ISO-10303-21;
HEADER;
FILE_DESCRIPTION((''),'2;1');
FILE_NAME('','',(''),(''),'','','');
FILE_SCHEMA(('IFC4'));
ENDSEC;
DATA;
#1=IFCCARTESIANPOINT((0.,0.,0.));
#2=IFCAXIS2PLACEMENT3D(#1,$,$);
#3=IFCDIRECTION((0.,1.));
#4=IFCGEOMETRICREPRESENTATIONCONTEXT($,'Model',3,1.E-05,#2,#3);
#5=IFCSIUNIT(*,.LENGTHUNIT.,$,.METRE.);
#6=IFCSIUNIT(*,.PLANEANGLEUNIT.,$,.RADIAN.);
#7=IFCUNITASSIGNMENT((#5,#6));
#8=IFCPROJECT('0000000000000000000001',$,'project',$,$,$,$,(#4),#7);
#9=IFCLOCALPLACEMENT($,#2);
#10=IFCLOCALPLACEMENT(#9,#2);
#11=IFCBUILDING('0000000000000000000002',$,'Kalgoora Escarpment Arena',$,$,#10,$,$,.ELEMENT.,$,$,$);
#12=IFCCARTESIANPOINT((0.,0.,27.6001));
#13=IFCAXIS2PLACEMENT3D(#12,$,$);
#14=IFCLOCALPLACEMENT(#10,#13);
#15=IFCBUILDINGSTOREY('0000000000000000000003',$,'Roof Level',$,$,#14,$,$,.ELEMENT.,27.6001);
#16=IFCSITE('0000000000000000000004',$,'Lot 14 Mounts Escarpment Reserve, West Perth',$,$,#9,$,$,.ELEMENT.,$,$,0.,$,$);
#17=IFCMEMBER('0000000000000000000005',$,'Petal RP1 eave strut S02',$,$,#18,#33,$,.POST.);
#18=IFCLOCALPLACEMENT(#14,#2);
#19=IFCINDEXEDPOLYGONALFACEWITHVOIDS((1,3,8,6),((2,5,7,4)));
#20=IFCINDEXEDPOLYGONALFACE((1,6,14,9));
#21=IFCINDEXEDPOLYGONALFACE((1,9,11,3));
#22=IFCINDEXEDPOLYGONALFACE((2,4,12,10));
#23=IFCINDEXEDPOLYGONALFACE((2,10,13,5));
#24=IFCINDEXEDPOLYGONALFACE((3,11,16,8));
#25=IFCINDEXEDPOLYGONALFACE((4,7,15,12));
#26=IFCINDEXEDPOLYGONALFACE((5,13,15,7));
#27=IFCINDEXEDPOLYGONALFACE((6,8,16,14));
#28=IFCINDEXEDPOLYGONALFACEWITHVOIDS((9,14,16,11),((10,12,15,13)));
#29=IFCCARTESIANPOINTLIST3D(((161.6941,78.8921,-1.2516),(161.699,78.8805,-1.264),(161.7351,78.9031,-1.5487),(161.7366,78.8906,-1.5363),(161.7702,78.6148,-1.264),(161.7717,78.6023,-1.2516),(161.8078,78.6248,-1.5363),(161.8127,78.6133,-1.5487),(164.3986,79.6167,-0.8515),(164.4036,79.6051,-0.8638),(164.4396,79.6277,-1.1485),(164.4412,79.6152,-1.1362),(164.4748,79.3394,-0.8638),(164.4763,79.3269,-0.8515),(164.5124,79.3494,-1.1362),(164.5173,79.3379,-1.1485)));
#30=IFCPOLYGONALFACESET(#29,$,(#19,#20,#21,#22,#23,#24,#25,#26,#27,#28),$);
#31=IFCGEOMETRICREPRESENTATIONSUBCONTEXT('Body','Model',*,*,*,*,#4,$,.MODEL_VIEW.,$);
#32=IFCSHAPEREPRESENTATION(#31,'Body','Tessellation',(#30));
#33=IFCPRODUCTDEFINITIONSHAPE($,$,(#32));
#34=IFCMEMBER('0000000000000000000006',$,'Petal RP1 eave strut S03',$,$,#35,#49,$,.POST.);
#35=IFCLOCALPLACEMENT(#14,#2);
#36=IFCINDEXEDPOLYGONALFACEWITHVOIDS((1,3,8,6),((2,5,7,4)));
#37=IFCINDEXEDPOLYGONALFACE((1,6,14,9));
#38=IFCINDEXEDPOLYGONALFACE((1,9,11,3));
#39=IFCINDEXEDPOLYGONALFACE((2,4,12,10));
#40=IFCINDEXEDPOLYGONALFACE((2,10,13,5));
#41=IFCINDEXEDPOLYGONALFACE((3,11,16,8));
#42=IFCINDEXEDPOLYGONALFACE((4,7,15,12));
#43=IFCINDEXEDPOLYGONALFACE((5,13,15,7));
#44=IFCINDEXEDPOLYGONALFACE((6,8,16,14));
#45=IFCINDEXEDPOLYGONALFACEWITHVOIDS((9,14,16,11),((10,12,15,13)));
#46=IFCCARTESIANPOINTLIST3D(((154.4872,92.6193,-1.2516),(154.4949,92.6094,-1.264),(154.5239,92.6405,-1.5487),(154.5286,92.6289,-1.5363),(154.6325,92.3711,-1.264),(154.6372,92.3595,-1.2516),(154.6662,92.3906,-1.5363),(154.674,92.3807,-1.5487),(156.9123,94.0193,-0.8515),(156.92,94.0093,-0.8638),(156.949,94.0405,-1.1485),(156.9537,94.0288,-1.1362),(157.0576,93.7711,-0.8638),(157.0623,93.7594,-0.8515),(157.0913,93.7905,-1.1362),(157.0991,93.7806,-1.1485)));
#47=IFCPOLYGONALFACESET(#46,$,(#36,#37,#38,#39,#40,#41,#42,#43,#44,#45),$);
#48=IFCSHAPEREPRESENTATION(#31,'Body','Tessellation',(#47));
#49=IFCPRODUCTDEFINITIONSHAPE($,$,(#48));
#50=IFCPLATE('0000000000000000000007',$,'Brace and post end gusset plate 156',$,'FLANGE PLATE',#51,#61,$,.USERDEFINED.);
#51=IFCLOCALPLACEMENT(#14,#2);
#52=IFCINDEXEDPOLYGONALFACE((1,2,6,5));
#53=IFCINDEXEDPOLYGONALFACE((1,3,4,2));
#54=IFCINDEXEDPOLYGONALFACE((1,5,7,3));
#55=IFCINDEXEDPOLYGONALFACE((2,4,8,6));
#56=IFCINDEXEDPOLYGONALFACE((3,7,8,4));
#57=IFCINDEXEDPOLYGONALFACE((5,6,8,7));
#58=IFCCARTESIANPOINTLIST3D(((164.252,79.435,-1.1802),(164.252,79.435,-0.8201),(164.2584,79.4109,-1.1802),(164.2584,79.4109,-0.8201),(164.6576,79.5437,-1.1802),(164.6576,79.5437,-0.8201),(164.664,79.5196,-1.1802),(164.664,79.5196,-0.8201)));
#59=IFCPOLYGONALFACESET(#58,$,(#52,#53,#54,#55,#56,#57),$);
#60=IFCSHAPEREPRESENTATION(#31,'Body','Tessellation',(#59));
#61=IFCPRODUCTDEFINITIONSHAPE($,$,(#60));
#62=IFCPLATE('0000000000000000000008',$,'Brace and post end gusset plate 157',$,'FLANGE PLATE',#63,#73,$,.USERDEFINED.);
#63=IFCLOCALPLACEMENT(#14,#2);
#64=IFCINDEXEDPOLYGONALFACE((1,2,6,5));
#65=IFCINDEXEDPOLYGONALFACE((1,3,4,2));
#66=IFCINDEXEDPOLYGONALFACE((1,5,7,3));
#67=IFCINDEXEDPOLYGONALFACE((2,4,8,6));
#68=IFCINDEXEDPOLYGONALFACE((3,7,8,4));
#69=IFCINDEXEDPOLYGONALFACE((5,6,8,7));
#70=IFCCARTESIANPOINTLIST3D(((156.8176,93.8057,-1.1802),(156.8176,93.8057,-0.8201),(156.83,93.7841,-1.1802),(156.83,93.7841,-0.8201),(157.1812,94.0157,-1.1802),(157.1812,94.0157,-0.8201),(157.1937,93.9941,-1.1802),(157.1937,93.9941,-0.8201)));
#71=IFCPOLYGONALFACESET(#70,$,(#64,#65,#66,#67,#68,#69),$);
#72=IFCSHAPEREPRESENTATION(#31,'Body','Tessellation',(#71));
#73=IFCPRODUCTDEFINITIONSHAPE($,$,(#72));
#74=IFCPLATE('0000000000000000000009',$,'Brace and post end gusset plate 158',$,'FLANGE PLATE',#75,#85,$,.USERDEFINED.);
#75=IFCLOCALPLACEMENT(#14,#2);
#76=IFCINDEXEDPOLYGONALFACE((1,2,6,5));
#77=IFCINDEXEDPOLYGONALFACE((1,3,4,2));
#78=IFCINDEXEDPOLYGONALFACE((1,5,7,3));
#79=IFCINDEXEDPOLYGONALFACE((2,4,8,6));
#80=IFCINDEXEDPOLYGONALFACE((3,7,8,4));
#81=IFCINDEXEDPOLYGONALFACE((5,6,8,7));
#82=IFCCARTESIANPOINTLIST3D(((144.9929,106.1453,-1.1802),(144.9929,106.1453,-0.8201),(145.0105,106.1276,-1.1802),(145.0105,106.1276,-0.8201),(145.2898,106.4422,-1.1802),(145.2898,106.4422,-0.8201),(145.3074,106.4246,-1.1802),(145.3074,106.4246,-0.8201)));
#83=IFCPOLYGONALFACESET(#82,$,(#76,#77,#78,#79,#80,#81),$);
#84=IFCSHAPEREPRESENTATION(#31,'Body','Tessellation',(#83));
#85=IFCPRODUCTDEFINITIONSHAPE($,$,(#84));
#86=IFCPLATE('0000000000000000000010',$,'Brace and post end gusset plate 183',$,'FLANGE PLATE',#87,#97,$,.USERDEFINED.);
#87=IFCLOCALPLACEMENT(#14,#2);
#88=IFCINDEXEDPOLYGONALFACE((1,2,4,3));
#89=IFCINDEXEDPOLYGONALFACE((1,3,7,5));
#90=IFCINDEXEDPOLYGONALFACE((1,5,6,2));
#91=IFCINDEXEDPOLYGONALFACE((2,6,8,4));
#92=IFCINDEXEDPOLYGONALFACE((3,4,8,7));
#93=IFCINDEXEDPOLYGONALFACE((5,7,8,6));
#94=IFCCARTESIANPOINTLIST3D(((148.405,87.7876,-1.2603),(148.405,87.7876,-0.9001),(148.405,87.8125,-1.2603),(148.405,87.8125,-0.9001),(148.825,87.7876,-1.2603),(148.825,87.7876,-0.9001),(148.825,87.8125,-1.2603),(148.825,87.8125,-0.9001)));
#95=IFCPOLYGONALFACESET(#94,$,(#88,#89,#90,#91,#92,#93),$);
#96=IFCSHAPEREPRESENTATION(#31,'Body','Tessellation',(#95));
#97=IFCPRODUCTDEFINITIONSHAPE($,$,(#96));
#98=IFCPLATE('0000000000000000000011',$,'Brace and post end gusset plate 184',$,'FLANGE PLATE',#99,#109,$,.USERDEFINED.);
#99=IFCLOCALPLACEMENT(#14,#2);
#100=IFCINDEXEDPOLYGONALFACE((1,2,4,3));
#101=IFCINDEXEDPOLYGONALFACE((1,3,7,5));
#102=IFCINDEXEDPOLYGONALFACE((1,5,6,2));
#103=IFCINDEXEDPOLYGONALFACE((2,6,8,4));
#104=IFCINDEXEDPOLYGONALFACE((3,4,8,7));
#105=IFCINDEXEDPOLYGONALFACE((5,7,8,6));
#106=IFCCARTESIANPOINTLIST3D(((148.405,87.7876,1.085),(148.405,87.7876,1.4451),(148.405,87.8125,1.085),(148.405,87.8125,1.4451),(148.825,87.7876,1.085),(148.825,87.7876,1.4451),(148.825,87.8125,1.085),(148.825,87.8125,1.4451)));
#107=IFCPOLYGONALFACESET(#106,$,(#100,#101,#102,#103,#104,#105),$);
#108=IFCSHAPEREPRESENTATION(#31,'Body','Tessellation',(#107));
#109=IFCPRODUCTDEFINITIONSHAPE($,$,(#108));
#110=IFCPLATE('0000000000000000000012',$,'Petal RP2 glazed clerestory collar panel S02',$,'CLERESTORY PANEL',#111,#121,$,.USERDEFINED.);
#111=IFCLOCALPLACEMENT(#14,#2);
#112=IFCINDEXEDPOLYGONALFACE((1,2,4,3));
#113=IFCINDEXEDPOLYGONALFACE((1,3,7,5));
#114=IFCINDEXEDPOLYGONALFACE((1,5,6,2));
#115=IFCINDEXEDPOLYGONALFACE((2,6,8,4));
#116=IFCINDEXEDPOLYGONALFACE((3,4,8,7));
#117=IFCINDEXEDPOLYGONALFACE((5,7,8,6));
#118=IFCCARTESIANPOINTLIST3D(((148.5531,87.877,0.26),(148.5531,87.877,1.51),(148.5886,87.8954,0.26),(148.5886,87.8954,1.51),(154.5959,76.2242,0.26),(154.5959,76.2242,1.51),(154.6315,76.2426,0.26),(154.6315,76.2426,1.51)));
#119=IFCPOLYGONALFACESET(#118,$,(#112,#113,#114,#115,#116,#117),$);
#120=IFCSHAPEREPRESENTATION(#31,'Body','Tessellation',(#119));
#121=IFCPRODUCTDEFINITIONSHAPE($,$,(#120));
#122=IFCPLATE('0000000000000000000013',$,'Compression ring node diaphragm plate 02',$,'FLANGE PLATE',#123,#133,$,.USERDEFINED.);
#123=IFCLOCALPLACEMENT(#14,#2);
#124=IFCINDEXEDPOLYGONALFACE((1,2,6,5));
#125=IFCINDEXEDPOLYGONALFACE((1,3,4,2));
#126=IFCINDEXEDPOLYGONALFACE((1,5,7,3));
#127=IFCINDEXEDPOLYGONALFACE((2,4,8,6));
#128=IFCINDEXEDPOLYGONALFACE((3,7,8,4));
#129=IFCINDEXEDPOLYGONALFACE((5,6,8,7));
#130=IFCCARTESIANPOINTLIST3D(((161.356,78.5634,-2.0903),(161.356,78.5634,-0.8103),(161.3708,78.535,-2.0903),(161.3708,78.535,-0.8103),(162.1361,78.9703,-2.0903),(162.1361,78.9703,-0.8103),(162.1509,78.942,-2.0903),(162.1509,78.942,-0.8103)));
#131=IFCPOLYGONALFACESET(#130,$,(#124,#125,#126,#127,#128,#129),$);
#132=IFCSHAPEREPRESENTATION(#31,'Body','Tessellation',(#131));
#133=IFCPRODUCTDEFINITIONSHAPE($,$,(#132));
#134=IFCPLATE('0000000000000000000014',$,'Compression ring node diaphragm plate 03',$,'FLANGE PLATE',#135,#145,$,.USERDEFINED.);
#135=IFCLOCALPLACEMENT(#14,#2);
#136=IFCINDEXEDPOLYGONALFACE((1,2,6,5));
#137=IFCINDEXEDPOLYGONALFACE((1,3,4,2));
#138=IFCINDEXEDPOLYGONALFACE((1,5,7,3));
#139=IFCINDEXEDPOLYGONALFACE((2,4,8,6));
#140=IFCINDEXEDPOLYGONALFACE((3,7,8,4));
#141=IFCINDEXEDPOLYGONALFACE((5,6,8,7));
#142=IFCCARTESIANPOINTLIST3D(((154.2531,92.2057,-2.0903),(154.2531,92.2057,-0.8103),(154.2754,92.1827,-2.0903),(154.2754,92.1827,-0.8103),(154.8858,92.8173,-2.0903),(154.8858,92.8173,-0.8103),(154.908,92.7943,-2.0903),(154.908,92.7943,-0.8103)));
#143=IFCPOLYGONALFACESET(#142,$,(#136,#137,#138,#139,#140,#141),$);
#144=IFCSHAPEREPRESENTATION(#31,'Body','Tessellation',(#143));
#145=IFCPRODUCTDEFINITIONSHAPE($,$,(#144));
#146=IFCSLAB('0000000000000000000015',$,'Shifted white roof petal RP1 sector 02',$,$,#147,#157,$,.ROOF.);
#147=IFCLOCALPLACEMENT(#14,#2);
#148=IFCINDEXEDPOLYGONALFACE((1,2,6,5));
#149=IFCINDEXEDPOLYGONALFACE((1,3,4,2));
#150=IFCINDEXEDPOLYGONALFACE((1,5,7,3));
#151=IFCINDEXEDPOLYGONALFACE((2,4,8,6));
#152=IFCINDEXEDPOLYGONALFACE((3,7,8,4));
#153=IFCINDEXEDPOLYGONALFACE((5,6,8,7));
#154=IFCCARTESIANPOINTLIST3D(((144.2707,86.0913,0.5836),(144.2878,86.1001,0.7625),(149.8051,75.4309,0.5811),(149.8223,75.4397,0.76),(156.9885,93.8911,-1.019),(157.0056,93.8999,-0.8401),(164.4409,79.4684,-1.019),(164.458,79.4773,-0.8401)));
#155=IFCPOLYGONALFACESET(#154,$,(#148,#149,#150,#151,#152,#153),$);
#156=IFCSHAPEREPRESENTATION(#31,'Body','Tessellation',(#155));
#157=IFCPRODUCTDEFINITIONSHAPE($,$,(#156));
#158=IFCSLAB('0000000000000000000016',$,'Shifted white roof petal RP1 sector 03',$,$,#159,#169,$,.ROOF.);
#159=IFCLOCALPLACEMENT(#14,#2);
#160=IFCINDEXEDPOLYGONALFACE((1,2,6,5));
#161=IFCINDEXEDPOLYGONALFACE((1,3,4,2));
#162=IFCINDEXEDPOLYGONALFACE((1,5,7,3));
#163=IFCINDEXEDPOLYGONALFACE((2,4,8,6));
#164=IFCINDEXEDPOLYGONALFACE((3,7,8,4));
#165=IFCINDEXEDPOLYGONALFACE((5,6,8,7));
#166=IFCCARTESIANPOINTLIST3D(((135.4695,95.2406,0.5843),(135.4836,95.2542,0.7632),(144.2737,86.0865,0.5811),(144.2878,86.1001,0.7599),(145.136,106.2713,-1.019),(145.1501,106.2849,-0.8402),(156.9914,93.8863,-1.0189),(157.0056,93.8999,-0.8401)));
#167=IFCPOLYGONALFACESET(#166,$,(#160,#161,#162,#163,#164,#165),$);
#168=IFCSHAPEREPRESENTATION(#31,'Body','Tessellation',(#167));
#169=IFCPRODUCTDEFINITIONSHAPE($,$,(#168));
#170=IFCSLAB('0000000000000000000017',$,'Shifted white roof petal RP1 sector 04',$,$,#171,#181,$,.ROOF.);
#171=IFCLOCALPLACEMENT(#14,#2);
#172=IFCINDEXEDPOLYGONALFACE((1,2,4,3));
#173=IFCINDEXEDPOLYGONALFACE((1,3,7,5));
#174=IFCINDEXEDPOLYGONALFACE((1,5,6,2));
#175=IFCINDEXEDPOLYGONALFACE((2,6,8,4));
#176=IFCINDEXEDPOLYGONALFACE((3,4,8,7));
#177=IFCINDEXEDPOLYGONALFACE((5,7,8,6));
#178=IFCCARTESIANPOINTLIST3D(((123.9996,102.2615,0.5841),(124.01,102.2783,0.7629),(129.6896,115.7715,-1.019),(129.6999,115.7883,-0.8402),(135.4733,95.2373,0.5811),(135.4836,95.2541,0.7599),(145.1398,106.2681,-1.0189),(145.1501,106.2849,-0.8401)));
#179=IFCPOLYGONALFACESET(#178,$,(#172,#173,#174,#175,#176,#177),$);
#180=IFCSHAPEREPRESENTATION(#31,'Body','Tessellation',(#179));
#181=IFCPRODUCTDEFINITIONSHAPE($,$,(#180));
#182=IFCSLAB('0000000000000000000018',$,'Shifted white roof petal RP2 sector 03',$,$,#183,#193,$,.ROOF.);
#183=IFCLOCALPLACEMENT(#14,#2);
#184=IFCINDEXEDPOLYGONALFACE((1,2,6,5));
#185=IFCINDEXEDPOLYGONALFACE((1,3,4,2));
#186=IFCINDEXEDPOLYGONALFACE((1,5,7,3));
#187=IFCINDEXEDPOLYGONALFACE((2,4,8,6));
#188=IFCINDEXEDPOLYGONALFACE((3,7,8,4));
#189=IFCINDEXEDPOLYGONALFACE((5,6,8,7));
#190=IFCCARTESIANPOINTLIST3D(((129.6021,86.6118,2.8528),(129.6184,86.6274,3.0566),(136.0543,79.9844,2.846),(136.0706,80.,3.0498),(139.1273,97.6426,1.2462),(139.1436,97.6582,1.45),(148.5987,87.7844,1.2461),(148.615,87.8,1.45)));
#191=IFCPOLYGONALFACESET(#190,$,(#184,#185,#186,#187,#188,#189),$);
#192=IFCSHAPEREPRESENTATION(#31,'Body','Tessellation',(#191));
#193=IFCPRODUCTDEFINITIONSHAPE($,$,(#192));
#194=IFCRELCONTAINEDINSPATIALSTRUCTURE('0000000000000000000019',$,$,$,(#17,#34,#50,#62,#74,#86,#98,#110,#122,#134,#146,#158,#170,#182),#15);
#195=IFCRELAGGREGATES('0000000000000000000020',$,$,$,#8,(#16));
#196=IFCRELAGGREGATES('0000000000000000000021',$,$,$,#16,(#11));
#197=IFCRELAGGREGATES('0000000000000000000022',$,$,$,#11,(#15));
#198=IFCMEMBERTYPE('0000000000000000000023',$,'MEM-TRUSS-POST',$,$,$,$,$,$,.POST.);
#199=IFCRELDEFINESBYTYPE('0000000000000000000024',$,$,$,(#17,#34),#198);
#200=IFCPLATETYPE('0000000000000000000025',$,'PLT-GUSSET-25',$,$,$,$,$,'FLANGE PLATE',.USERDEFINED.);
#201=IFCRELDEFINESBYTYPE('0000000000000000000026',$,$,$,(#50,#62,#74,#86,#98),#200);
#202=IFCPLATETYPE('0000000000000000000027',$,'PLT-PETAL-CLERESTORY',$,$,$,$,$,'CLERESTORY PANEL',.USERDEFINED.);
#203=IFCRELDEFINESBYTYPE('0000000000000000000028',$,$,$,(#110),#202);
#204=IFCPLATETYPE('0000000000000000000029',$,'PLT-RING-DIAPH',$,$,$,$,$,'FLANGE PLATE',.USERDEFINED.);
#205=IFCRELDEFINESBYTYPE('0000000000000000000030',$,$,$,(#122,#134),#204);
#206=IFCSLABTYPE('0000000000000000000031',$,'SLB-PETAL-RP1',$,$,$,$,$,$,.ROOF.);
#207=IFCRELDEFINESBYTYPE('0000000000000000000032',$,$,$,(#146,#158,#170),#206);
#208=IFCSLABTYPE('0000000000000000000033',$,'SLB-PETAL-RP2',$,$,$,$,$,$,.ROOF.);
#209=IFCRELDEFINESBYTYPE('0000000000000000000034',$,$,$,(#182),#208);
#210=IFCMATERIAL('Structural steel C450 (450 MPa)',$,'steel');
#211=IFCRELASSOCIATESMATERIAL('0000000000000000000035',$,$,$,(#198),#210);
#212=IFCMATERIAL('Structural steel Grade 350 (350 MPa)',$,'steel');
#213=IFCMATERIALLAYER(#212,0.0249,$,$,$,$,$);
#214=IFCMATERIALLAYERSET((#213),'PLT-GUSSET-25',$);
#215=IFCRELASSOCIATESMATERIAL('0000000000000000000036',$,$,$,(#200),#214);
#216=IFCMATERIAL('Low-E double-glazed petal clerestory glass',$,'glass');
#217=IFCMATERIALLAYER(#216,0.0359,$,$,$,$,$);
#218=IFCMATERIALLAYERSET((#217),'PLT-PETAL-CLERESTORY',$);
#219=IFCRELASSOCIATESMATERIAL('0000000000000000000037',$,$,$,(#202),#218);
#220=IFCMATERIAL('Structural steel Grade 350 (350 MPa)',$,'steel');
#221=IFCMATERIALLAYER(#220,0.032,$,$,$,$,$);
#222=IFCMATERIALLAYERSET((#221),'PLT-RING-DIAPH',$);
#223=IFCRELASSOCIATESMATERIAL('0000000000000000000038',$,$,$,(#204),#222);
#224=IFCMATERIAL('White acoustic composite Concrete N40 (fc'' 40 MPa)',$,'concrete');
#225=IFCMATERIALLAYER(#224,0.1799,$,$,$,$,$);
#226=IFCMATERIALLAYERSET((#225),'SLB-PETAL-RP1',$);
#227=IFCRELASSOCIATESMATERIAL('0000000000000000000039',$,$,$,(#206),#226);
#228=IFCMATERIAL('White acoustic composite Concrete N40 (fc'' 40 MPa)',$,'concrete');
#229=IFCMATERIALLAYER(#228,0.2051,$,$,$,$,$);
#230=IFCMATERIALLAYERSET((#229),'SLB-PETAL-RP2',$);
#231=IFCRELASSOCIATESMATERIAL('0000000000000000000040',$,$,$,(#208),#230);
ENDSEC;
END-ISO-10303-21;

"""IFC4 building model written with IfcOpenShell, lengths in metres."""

from ifc_helpers import new_model, si_unit, direction, frame, origin, origin_2d, place, context, subcontext, project, spatial, polyline, rectangle, hollow_rectangle, outline, extrude, material, layer, layer_set, material_profile, profile_set, type_object, element, save


model = new_model("IFC4")

# Units and contexts
model_context = context("Model", 3, precision=1e-05, world=origin(), true_north=direction((0.0, 1.0)))
body_context = subcontext(model_context, "Body", "Model", "MODEL_VIEW")
ifc_project = project(units=[si_unit("LENGTHUNIT", "METRE"), si_unit("PLANEANGLEUNIT", "RADIAN")], contexts=[model_context])

# Site, building, storey
site_placement = place(None, origin())
site = spatial("IfcSite", under=ifc_project, at=site_placement, Name="Lot 14 Mounts Escarpment Reserve, West Perth", CompositionType="ELEMENT", RefElevation=0.0)
building_placement = place(site_placement, origin())
building = spatial("IfcBuilding", under=site, at=building_placement, Name="Kalgoora Escarpment Arena", CompositionType="ELEMENT")
storey_placement = place(building_placement, frame((0.0, 0.0, 27.6001)))
storey = spatial("IfcBuildingStorey", under=building, at=storey_placement, Name="Roof Level", CompositionType="ELEMENT", Elevation=27.6001)

# Members
ifc_material_1 = material(Name="Structural steel C450 (450 MPa)", Category="steel")
ifc_material_profile_1 = material_profile(ifc_material_1, hollow_rectangle(XDim=0.3, YDim=0.3, WallThickness=0.0125, at=origin_2d()))
ifc_profile_set_1 = profile_set([ifc_material_profile_1], Name="Structural steel C450 (450 MPa)")
member_type_1 = type_object("IfcMemberType", Name="MEM-TRUSS-POST", PredefinedType="POST", material=ifc_profile_set_1)
member_1_placement = place(storey_placement, frame((161.7534, 78.7527, -1.4001), z_axis=(0.956218, 0.256188, 0.141473), x_axis=(-0.258791, 0.965933, 0.0)))
element("IfcMember", 1, at=member_1_placement, inside=storey, type_object=member_type_1, Name="Petal RP1 eave strut S02", PredefinedType="POST", context=body_context, shape_type="SweptSolid", body=[
    extrude(hollow_rectangle(XDim=0.3, YDim=0.3, WallThickness=0.0125, at=origin_2d()), origin(), (0.0, 0.0, 1.0), 2.8284),
])
member_2_placement = place(storey_placement, frame((154.5806, 92.5, -1.4001), z_axis=(0.857346, 0.494918, 0.141467), x_axis=(-0.499946, 0.866056, 0.0)))
element("IfcMember", 2, at=member_2_placement, inside=storey, type_object=member_type_1, Name="Petal RP1 eave strut S03", PredefinedType="POST", context=body_context, shape_type="SweptSolid", body=[
    extrude(hollow_rectangle(XDim=0.3, YDim=0.3, WallThickness=0.0125, at=origin_2d()), origin(), (0.0, 0.0, 1.0), 2.8286),
])

# Plates
ifc_material_2 = material(Name="Structural steel Grade 350 (350 MPa)", Category="steel")
ifc_layer_1 = layer(ifc_material_2, 0.0249)
ifc_layer_set_1 = layer_set([ifc_layer_1], Name="PLT-GUSSET-25")
plate_type_1 = type_object("IfcPlateType", Name="PLT-GUSSET-25", ElementType="FLANGE PLATE", PredefinedType="USERDEFINED", material=ifc_layer_set_1)
for number, where, z_axis, x_axis, name in (
    (3, (164.458, 79.4773, -1.1802), (0.0, 0.0, 1.0), (0.965926, 0.258819, 0.0), "Brace and post end gusset plate 156"),
    (4, (157.0056, 93.8999, -1.1802), (0.0, 0.0, 1.0), (0.866025, 0.5, 0.0), "Brace and post end gusset plate 157"),
    (5, (145.1501, 106.2849, -1.1802), (0.0, 0.0, 1.0), (0.707107, 0.707107, 0.0), "Brace and post end gusset plate 158"),
    (6, (148.615, 87.8, -1.2603), (0.0, 0.0, 1.0), (1.0, 0.0, 0.0), "Brace and post end gusset plate 183"),
    (7, (148.615, 87.8, 1.085), (0.0, 0.0, 1.0), (1.0, 0.0, 0.0), "Brace and post end gusset plate 184"),
):
    element("IfcPlate", number, at=place(storey_placement, frame(where, z_axis=z_axis, x_axis=x_axis)), inside=storey, type_object=plate_type_1, Name=name, ObjectType="FLANGE PLATE", PredefinedType="USERDEFINED", context=body_context, shape_type="SweptSolid", body=[
        extrude(rectangle(XDim=0.4199, YDim=0.0249, at=origin_2d()), origin(), (0.0, 0.0, 1.0), 0.3601),
    ])
ifc_material_3 = material(Name="Low-E double-glazed petal clerestory glass", Category="glass")
ifc_layer_2 = layer(ifc_material_3, 0.0359)
ifc_layer_set_2 = layer_set([ifc_layer_2], Name="PLT-PETAL-CLERESTORY")
plate_type_2 = type_object("IfcPlateType", Name="PLT-PETAL-CLERESTORY", ElementType="CLERESTORY PANEL", PredefinedType="USERDEFINED", material=ifc_layer_set_2)
plate_placement = place(storey_placement, frame((151.5923, 82.0598, 0.26), z_axis=(0.0, 0.0, 1.0), x_axis=(-0.460355, 0.887735, 0.0)))
element("IfcPlate", 8, at=plate_placement, inside=storey, type_object=plate_type_2, Name="Petal RP2 glazed clerestory collar panel S02", ObjectType="CLERESTORY PANEL", PredefinedType="USERDEFINED", context=body_context, shape_type="SweptSolid", body=[
    extrude(rectangle(XDim=13.1265, YDim=0.04, at=origin_2d()), origin(), (0.0, 0.0, 1.0), 1.25),
])
ifc_material_4 = material(Name="Structural steel Grade 350 (350 MPa)", Category="steel")
ifc_layer_3 = layer(ifc_material_4, 0.032)
ifc_layer_set_3 = layer_set([ifc_layer_3], Name="PLT-RING-DIAPH")
plate_type_3 = type_object("IfcPlateType", Name="PLT-RING-DIAPH", ElementType="FLANGE PLATE", PredefinedType="USERDEFINED", material=ifc_layer_set_3)
for number, where, z_axis, x_axis, name in (
    (9, (161.7534, 78.7527, -2.0903), (0.0, 0.0, 1.0), (-0.462523, 0.886608, 0.0), "Compression ring node diaphragm plate 02"),
    (10, (154.5806, 92.5, -2.0903), (0.0, 0.0, 1.0), (-0.695035, 0.718976, 0.0), "Compression ring node diaphragm plate 03"),
):
    element("IfcPlate", number, at=place(storey_placement, frame(where, z_axis=z_axis, x_axis=x_axis)), inside=storey, type_object=plate_type_3, Name=name, ObjectType="FLANGE PLATE", PredefinedType="USERDEFINED", context=body_context, shape_type="SweptSolid", body=[
        extrude(rectangle(XDim=0.032, YDim=0.8799, at=origin_2d()), origin(), (0.0, 0.0, 1.0), 1.28),
    ])

# Slabs
ifc_material_5 = material(Name="White acoustic composite Concrete N40 (fc' 40 MPa)", Category="concrete")
ifc_layer_4 = layer(ifc_material_5, 0.1799)
ifc_layer_set_4 = layer_set([ifc_layer_4], Name="SLB-PETAL-RP1")
slab_type_1 = type_object("IfcSlabType", Name="SLB-PETAL-RP1", PredefinedType="ROOF", material=ifc_layer_set_4)
slab_1_placement = place(storey_placement, frame((164.458, 79.4773, -0.8401), z_axis=(0.095136, 0.04916, 0.99425), x_axis=(-0.459055, 0.888408, -0.000002)))
element("IfcSlab", 11, at=slab_1_placement, inside=storey, type_object=slab_type_1, Name="Shifted white roof petal RP1 sector 02", PredefinedType="ROOF", context=body_context, shape_type="SweptSolid", body=[
    extrude(outline(polyline([(0.0, 0.0), (16.2342, 0.0), (15.143, 14.9652), (3.1316, 14.9419), (0.0, 0.0)])), origin(), (0.0, 0.0, -1.0), 0.1799),
])
slab_2_placement = place(storey_placement, frame((157.0056, 93.8999, -0.8401), z_axis=(0.078797, 0.075433, 0.994033), x_axis=(-0.691495, 0.722381, -0.000004)))
element("IfcSlab", 12, at=slab_2_placement, inside=storey, type_object=slab_type_1, Name="Shifted white roof petal RP1 sector 03", PredefinedType="ROOF", context=body_context, shape_type="SweptSolid", body=[
    extrude(outline(polyline([(0.0, 0.0), (17.1447, 0.0), (15.8606, 14.6983), (3.1598, 14.6681), (0.0, 0.0)])), origin(), (0.0, 0.0, -1.0), 0.1799),
])
slab_3_placement = place(storey_placement, frame((145.1501, 106.2849, -0.8401), z_axis=(0.057614, 0.093679, 0.993934), x_axis=(-0.851767, 0.523921, -0.000006)))
element("IfcSlab", 13, at=slab_3_placement, inside=storey, type_object=slab_type_1, Name="Shifted white roof petal RP1 sector 04", PredefinedType="ROOF", context=body_context, shape_type="SweptSolid", body=[
    extrude(outline(polyline([(0.0, 0.0), (18.139, 0.0), (15.9073, 14.5769), (2.4543, 14.5484), (0.0, 0.0)])), origin(), (0.0, 0.0, -1.0), 0.1799),
])
ifc_material_6 = material(Name="White acoustic composite Concrete N40 (fc' 40 MPa)", Category="concrete")
ifc_layer_5 = layer(ifc_material_6, 0.2051)
ifc_layer_set_5 = layer_set([ifc_layer_5], Name="SLB-PETAL-RP2")
slab_type_2 = type_object("IfcSlabType", Name="SLB-PETAL-RP2", PredefinedType="ROOF", material=ifc_layer_set_5)
slab_4_placement = place(storey_placement, frame((148.615, 87.8, 1.45), z_axis=(0.079358, 0.07624, 0.993926), x_axis=(-0.692821, 0.72111, 0.000003)))
element("IfcSlab", 14, at=slab_4_placement, inside=storey, type_object=slab_type_2, Name="Shifted white roof petal RP2 sector 03", PredefinedType="ROOF", context=body_context, shape_type="SweptSolid", body=[
    extrude(outline(polyline([(0.0, 0.0), (13.6708, 0.0), (12.3157, 14.5997), (3.0664, 14.5382), (0.0, 0.0)])), origin(), (0.0, 0.0, -1.0), 0.2051),
])

save(model, "model.ifc")
